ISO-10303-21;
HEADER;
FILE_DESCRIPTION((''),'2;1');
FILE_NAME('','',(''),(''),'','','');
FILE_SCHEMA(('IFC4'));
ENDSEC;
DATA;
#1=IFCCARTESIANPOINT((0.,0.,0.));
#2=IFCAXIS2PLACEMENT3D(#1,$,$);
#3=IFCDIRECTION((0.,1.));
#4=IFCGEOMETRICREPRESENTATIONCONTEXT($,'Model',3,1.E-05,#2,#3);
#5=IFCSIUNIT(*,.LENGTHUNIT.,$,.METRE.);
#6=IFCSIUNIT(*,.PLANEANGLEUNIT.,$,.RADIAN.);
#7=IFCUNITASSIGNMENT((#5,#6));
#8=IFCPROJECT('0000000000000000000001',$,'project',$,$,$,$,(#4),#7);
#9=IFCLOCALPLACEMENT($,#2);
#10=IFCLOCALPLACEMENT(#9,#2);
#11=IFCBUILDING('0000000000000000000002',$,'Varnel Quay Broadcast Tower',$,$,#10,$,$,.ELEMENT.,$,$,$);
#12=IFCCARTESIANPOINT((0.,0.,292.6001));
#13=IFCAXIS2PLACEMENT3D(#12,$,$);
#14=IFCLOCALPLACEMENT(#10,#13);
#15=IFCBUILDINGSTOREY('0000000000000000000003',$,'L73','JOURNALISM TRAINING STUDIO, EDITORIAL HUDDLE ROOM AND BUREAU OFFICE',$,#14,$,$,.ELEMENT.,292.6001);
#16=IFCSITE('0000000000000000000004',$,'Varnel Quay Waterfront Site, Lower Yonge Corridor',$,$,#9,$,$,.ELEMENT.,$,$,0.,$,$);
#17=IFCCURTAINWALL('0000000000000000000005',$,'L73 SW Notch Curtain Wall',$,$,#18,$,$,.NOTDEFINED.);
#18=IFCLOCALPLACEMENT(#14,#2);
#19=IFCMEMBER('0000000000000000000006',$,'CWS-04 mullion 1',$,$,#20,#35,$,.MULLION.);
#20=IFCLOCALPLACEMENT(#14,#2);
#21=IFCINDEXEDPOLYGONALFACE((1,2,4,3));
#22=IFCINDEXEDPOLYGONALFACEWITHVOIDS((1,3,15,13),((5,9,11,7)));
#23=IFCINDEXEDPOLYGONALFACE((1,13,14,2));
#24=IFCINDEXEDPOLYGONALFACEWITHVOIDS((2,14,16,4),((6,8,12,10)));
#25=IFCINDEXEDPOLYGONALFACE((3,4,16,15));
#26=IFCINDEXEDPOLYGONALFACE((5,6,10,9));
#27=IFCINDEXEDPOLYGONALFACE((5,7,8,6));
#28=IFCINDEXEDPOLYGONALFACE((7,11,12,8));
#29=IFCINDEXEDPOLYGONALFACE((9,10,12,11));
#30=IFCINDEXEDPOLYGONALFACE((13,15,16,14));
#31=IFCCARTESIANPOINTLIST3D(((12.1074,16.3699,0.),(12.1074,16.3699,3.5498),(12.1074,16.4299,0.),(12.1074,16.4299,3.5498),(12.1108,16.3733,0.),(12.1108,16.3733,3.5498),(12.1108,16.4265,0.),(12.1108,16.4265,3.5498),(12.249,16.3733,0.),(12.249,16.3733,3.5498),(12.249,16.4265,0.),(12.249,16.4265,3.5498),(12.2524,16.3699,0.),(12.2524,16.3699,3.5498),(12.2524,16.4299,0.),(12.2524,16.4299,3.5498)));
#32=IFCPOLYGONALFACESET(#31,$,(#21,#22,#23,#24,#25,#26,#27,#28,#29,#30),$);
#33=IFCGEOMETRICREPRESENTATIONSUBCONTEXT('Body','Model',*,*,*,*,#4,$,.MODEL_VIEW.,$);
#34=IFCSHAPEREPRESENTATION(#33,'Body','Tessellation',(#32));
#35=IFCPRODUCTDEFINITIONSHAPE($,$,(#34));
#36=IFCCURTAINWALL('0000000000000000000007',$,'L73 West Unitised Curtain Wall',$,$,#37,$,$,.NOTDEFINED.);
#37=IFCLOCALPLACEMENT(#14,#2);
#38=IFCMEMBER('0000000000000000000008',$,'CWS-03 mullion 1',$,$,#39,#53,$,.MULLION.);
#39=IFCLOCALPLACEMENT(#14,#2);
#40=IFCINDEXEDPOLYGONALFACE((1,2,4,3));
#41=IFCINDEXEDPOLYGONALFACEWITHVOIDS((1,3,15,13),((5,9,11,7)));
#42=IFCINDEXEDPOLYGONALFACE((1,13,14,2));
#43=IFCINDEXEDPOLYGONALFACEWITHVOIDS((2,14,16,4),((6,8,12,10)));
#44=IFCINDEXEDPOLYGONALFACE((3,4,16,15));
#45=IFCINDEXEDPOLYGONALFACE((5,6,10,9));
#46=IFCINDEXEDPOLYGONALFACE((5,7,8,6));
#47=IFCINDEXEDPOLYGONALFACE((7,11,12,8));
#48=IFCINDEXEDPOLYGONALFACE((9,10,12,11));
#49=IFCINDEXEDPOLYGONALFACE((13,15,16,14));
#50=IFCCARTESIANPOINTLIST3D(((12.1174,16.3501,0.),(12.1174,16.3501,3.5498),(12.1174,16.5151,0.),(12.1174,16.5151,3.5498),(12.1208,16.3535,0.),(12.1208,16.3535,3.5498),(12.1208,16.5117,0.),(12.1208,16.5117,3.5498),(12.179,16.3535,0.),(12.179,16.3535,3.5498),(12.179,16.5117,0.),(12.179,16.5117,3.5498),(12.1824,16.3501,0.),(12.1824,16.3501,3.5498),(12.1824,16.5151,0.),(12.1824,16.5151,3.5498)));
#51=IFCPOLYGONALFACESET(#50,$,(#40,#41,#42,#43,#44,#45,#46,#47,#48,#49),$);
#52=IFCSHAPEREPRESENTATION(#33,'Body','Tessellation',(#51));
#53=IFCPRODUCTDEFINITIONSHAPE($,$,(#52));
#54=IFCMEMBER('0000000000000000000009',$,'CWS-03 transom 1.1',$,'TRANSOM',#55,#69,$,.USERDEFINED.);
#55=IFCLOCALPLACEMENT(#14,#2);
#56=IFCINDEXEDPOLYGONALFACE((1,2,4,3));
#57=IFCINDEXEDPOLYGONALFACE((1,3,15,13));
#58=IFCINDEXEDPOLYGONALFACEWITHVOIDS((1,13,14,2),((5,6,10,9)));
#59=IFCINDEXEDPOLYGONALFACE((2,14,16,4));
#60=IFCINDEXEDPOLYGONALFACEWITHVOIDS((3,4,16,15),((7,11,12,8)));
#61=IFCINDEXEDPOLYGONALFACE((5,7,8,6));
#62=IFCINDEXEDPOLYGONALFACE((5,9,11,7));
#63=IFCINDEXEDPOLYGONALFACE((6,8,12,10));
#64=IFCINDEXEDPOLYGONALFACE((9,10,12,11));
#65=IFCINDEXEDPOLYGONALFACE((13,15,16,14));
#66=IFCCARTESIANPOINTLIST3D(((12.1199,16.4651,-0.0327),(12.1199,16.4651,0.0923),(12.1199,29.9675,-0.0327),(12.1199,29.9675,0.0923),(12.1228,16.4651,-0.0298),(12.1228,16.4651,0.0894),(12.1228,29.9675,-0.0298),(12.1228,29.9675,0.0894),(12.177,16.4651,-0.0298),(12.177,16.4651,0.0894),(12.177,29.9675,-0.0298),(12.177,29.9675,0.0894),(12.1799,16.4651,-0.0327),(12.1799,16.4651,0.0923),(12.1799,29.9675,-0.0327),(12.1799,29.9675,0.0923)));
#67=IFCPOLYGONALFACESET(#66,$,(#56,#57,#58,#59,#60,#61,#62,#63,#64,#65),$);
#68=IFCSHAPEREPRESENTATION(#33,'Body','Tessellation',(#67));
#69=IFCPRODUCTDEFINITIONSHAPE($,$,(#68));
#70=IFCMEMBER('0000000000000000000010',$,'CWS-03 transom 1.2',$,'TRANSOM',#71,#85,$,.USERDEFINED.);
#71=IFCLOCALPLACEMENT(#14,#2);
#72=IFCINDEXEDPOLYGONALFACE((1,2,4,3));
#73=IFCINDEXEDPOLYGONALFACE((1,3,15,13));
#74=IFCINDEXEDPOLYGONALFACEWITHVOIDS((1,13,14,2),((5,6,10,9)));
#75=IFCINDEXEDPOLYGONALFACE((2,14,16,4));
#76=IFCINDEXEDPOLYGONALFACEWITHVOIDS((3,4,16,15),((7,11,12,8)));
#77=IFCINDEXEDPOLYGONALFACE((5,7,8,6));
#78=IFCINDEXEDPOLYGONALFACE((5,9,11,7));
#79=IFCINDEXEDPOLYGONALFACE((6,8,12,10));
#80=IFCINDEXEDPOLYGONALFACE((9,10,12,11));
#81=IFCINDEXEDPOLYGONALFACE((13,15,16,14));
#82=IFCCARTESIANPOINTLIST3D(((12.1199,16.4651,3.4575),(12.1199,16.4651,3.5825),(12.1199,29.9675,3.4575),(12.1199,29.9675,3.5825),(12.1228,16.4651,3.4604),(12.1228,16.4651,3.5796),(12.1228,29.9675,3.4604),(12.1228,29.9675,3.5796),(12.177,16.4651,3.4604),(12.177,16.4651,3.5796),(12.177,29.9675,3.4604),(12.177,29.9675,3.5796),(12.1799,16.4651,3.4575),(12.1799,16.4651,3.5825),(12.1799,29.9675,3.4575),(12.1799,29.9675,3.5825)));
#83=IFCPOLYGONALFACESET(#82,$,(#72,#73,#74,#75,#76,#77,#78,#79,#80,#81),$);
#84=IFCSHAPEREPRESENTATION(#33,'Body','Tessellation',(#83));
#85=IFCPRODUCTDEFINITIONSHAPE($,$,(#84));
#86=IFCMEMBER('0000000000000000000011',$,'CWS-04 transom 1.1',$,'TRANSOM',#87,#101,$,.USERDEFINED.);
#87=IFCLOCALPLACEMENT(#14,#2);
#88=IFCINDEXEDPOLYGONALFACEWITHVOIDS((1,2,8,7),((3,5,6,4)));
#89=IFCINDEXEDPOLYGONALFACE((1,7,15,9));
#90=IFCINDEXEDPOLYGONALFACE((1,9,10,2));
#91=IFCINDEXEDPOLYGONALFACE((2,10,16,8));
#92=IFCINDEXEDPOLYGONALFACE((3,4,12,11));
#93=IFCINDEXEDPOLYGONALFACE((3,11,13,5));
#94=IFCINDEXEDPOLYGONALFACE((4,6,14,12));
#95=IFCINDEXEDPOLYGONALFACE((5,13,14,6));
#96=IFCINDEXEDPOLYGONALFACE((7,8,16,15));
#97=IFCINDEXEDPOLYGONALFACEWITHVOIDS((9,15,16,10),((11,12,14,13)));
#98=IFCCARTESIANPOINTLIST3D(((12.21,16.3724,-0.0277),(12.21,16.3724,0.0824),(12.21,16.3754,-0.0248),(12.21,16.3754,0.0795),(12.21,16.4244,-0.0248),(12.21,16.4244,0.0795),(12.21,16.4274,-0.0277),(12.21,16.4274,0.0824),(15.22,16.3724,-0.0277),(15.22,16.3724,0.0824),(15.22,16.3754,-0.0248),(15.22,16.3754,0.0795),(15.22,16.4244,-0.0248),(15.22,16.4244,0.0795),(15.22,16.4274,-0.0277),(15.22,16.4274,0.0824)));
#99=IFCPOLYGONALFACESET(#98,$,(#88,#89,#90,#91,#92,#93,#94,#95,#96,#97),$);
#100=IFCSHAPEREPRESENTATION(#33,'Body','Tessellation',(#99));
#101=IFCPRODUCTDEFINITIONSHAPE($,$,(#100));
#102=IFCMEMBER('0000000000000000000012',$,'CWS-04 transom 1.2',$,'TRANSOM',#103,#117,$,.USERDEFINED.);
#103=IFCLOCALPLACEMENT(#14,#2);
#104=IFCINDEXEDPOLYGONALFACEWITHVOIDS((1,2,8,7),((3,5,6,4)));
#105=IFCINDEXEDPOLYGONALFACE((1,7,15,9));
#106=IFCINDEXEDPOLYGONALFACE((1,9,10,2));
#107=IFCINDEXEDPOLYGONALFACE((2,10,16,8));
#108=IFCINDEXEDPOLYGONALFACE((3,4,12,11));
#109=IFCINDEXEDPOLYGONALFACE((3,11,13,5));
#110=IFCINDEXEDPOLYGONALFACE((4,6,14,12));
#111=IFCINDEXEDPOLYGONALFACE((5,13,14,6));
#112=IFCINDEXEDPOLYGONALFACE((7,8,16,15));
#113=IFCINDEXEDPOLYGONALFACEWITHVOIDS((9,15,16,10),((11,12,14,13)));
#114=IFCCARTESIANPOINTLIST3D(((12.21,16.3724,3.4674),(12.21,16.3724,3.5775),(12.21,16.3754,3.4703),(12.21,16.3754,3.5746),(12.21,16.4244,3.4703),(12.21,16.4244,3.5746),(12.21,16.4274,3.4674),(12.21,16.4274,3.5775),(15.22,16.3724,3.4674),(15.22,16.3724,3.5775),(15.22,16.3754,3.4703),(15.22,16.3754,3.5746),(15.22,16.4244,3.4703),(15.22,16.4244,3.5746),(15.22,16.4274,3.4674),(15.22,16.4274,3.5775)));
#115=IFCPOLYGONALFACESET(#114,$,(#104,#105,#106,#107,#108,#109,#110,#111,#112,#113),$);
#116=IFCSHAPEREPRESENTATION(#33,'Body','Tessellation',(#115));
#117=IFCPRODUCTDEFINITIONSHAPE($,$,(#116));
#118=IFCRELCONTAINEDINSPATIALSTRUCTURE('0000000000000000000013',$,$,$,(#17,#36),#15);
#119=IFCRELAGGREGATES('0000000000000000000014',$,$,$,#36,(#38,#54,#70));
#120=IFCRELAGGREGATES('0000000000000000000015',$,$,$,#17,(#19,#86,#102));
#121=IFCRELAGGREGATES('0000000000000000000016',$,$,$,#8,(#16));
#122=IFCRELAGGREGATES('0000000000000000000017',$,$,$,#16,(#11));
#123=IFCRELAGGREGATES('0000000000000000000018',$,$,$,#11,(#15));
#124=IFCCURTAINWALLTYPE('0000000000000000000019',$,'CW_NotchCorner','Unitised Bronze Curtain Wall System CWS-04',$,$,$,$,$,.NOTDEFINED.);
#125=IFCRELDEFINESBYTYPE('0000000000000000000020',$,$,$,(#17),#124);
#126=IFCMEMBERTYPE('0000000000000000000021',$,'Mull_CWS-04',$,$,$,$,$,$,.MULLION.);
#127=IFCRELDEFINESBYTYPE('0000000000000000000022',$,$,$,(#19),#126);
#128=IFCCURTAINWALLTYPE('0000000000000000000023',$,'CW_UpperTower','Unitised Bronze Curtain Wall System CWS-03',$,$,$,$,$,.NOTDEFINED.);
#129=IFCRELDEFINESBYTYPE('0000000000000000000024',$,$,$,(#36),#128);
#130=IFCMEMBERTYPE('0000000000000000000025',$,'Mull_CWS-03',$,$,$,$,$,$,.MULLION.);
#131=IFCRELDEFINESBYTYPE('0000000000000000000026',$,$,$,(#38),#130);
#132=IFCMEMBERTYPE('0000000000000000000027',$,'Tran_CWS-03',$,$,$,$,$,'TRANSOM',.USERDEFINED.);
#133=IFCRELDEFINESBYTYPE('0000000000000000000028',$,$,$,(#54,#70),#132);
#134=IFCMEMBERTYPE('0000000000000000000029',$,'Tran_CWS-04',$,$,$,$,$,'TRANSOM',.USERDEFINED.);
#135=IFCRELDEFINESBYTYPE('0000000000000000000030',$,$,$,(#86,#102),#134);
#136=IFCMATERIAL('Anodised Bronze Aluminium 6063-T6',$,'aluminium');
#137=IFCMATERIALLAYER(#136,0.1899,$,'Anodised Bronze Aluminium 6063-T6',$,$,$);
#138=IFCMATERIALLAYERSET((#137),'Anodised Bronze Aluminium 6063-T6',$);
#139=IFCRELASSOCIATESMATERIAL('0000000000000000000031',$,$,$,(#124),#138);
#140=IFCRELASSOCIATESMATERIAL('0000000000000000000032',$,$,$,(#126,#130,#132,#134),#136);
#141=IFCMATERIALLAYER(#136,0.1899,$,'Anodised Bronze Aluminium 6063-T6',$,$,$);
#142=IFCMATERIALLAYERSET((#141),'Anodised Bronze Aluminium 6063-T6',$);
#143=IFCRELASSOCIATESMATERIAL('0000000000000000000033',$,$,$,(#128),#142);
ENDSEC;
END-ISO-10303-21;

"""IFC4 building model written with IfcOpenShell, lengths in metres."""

from ifc_helpers import new_model, si_unit, direction, frame, origin, origin_2d, place, context, subcontext, project, spatial, hollow_rectangle, extrude, source, transform, mapped, material, layer, layer_set, material_profile, profile_set, type_object, type_shapes, element, aggregate, save


model = new_model("IFC4")

# Units and contexts
model_context = context("Model", 3, precision=1e-05, world=origin(), true_north=direction((0.0, 1.0)))
body_context = subcontext(model_context, "Body", "Model", "MODEL_VIEW")
ifc_project = project(units=[si_unit("LENGTHUNIT", "METRE"), si_unit("PLANEANGLEUNIT", "RADIAN")], contexts=[model_context])

# Site, building, storey
site_placement = place(None, origin())
site = spatial("IfcSite", under=ifc_project, at=site_placement, Name="Varnel Quay Waterfront Site, Lower Yonge Corridor", CompositionType="ELEMENT", RefElevation=0.0)
building_placement = place(site_placement, origin())
building = spatial("IfcBuilding", under=site, at=building_placement, Name="Varnel Quay Broadcast Tower", CompositionType="ELEMENT")
storey_placement = place(building_placement, frame((0.0, 0.0, 292.6001)))
storey = spatial("IfcBuildingStorey", under=building, at=storey_placement, Name="L73", Description="JOURNALISM TRAINING STUDIO, EDITORIAL HUDDLE ROOM AND BUREAU OFFICE", CompositionType="ELEMENT", Elevation=292.6001)

# Curtain wall, member
ifc_material_1 = material(Name="Anodised Bronze Aluminium 6063-T6", Category="aluminium")
ifc_layer_1 = layer(ifc_material_1, 0.1899, Name="Anodised Bronze Aluminium 6063-T6")
ifc_layer_set_1 = layer_set([ifc_layer_1], Name="Anodised Bronze Aluminium 6063-T6")
curtain_wall_type_1 = type_object("IfcCurtainWallType", Name="CW_NotchCorner", Description="Unitised Bronze Curtain Wall System CWS-04", PredefinedType="NOTDEFINED", material=ifc_layer_set_1)
curtain_wall_1_placement = place(storey_placement, origin())
curtain_wall_1 = element("IfcCurtainWall", 1, at=curtain_wall_1_placement, inside=storey, type_object=curtain_wall_type_1, Name="L73 SW Notch Curtain Wall", PredefinedType="NOTDEFINED")
ifc_material_profile_1 = material_profile(ifc_material_1, hollow_rectangle(XDim=0.0601, YDim=0.145, WallThickness=0.0034, at=origin_2d()), Name="ALU60X145X3.5")
ifc_profile_set_1 = profile_set([ifc_material_profile_1], Name="Anodised Bronze Aluminium 6063-T6")
member_type_1 = type_object("IfcMemberType", Name="Mull_CWS-04", PredefinedType="MULLION", material=ifc_profile_set_1)
shared_shape_1 = source(origin(), body_context, "Body", "SweptSolid", [
    extrude(hollow_rectangle(XDim=0.0601, YDim=0.145, WallThickness=0.0034, at=origin_2d()), origin(), (0.0, 0.0, 1.0), 3.5498),
])
type_shapes(member_type_1, [shared_shape_1])
member_1_placement = place(storey_placement, frame((12.1799, 16.3999, 0.0), z_axis=(0.0, 0.0, 1.0), x_axis=(0.0, 1.0, 0.0)))
member_1 = element("IfcMember", 2, at=member_1_placement, type_object=member_type_1, Name="CWS-04 mullion 1", PredefinedType="MULLION", context=body_context, shape_type="MappedRepresentation", body=[
    mapped(shared_shape_1, transform((0.0, 0.0, 0.0), x_axis=(1.0, 0.0, 0.0), y_axis=(0.0, 1.0, 0.0), z_axis=(0.0, 0.0, 1.0), scale=1.0)),
])

# Curtain wall, members
ifc_layer_2 = layer(ifc_material_1, 0.1899, Name="Anodised Bronze Aluminium 6063-T6")
ifc_layer_set_2 = layer_set([ifc_layer_2], Name="Anodised Bronze Aluminium 6063-T6")
curtain_wall_type_2 = type_object("IfcCurtainWallType", Name="CW_UpperTower", Description="Unitised Bronze Curtain Wall System CWS-03", PredefinedType="NOTDEFINED", material=ifc_layer_set_2)
curtain_wall_2_placement = place(storey_placement, origin())
curtain_wall_2 = element("IfcCurtainWall", 3, at=curtain_wall_2_placement, inside=storey, type_object=curtain_wall_type_2, Name="L73 West Unitised Curtain Wall", PredefinedType="NOTDEFINED")
ifc_material_profile_2 = material_profile(ifc_material_1, hollow_rectangle(XDim=0.0649, YDim=0.165, WallThickness=0.0034, at=origin_2d()), Name="ALU65X165X3.5")
ifc_profile_set_2 = profile_set([ifc_material_profile_2], Name="Anodised Bronze Aluminium 6063-T6")
member_type_2 = type_object("IfcMemberType", Name="Mull_CWS-03", PredefinedType="MULLION", material=ifc_profile_set_2)
shared_shape_2 = source(origin(), body_context, "Body", "SweptSolid", [
    extrude(hollow_rectangle(XDim=0.0649, YDim=0.165, WallThickness=0.0034, at=origin_2d()), origin(), (0.0, 0.0, 1.0), 3.5498),
])
type_shapes(member_type_2, [shared_shape_2])
member_2_placement = place(storey_placement, frame((12.1499, 16.4326, 0.0), z_axis=(0.0, 0.0, 1.0), x_axis=(-1.0, 0.0, 0.0)))
member_2 = element("IfcMember", 4, at=member_2_placement, type_object=member_type_2, Name="CWS-03 mullion 1", PredefinedType="MULLION", context=body_context, shape_type="MappedRepresentation", body=[
    mapped(shared_shape_2, transform((0.0, 0.0, 0.0), x_axis=(1.0, 0.0, 0.0), y_axis=(0.0, 1.0, 0.0), z_axis=(0.0, 0.0, 1.0), scale=1.0)),
])
ifc_material_profile_3 = material_profile(ifc_material_1, hollow_rectangle(XDim=0.0601, YDim=0.125, WallThickness=0.0029, at=origin_2d()), Name="ALU60X125X3")
ifc_profile_set_3 = profile_set([ifc_material_profile_3], Name="Anodised Bronze Aluminium 6063-T6")
member_type_3 = type_object("IfcMemberType", Name="Tran_CWS-03", ElementType="TRANSOM", PredefinedType="USERDEFINED", material=ifc_profile_set_3)
shared_shape_3 = source(origin(), body_context, "Body", "SweptSolid", [
    extrude(hollow_rectangle(XDim=0.0601, YDim=0.125, WallThickness=0.0029, at=origin_2d()), origin(), (0.0, 0.0, 1.0), 13.5024),
])
type_shapes(member_type_3, [shared_shape_3])
member_3_placement = place(storey_placement, frame((12.1499, 16.4651, 0.0298), z_axis=(0.0, 1.0, 0.0), x_axis=(-1.0, 0.0, 0.0)))
member_3 = element("IfcMember", 5, at=member_3_placement, type_object=member_type_3, Name="CWS-03 transom 1.1", ObjectType="TRANSOM", PredefinedType="USERDEFINED", context=body_context, shape_type="MappedRepresentation", body=[
    mapped(shared_shape_3, transform((0.0, 0.0, 0.0), x_axis=(1.0, 0.0, 0.0), y_axis=(0.0, 1.0, 0.0), z_axis=(0.0, 0.0, 1.0), scale=1.0)),
])
member_4_placement = place(storey_placement, frame((12.1499, 16.4651, 3.52), z_axis=(0.0, 1.0, 0.0), x_axis=(-1.0, 0.0, 0.0)))
member_4 = element("IfcMember", 6, at=member_4_placement, type_object=member_type_3, Name="CWS-03 transom 1.2", ObjectType="TRANSOM", PredefinedType="USERDEFINED", context=body_context, shape_type="MappedRepresentation", body=[
    mapped(shared_shape_3, transform((0.0, 0.0, 0.0), x_axis=(1.0, 0.0, 0.0), y_axis=(0.0, 1.0, 0.0), z_axis=(0.0, 0.0, 1.0), scale=1.0)),
])
aggregate(curtain_wall_2, [member_2, member_3, member_4])

# Members
ifc_material_profile_4 = material_profile(ifc_material_1, hollow_rectangle(XDim=0.0549, YDim=0.1101, WallThickness=0.0029, at=origin_2d()), Name="ALU55X110X3")
ifc_profile_set_4 = profile_set([ifc_material_profile_4], Name="Anodised Bronze Aluminium 6063-T6")
member_type_4 = type_object("IfcMemberType", Name="Tran_CWS-04", ElementType="TRANSOM", PredefinedType="USERDEFINED", material=ifc_profile_set_4)
shared_shape_4 = source(origin(), body_context, "Body", "SweptSolid", [
    extrude(hollow_rectangle(XDim=0.0549, YDim=0.1101, WallThickness=0.0029, at=origin_2d()), origin(), (0.0, 0.0, 1.0), 3.01),
])
type_shapes(member_type_4, [shared_shape_4])
member_5_placement = place(storey_placement, frame((12.21, 16.3999, 0.0273), z_axis=(1.0, 0.0, 0.0), x_axis=(0.0, 1.0, 0.0)))
member_5 = element("IfcMember", 7, at=member_5_placement, type_object=member_type_4, Name="CWS-04 transom 1.1", ObjectType="TRANSOM", PredefinedType="USERDEFINED", context=body_context, shape_type="MappedRepresentation", body=[
    mapped(shared_shape_4, transform((0.0, 0.0, 0.0), x_axis=(1.0, 0.0, 0.0), y_axis=(0.0, 1.0, 0.0), z_axis=(0.0, 0.0, 1.0), scale=1.0)),
])
member_6_placement = place(storey_placement, frame((12.21, 16.3999, 3.5225), z_axis=(1.0, 0.0, 0.0), x_axis=(0.0, 1.0, 0.0)))
member_6 = element("IfcMember", 8, at=member_6_placement, type_object=member_type_4, Name="CWS-04 transom 1.2", ObjectType="TRANSOM", PredefinedType="USERDEFINED", context=body_context, shape_type="MappedRepresentation", body=[
    mapped(shared_shape_4, transform((0.0, 0.0, 0.0), x_axis=(1.0, 0.0, 0.0), y_axis=(0.0, 1.0, 0.0), z_axis=(0.0, 0.0, 1.0), scale=1.0)),
])
aggregate(curtain_wall_1, [member_1, member_5, member_6])

save(model, "model.ifc")
